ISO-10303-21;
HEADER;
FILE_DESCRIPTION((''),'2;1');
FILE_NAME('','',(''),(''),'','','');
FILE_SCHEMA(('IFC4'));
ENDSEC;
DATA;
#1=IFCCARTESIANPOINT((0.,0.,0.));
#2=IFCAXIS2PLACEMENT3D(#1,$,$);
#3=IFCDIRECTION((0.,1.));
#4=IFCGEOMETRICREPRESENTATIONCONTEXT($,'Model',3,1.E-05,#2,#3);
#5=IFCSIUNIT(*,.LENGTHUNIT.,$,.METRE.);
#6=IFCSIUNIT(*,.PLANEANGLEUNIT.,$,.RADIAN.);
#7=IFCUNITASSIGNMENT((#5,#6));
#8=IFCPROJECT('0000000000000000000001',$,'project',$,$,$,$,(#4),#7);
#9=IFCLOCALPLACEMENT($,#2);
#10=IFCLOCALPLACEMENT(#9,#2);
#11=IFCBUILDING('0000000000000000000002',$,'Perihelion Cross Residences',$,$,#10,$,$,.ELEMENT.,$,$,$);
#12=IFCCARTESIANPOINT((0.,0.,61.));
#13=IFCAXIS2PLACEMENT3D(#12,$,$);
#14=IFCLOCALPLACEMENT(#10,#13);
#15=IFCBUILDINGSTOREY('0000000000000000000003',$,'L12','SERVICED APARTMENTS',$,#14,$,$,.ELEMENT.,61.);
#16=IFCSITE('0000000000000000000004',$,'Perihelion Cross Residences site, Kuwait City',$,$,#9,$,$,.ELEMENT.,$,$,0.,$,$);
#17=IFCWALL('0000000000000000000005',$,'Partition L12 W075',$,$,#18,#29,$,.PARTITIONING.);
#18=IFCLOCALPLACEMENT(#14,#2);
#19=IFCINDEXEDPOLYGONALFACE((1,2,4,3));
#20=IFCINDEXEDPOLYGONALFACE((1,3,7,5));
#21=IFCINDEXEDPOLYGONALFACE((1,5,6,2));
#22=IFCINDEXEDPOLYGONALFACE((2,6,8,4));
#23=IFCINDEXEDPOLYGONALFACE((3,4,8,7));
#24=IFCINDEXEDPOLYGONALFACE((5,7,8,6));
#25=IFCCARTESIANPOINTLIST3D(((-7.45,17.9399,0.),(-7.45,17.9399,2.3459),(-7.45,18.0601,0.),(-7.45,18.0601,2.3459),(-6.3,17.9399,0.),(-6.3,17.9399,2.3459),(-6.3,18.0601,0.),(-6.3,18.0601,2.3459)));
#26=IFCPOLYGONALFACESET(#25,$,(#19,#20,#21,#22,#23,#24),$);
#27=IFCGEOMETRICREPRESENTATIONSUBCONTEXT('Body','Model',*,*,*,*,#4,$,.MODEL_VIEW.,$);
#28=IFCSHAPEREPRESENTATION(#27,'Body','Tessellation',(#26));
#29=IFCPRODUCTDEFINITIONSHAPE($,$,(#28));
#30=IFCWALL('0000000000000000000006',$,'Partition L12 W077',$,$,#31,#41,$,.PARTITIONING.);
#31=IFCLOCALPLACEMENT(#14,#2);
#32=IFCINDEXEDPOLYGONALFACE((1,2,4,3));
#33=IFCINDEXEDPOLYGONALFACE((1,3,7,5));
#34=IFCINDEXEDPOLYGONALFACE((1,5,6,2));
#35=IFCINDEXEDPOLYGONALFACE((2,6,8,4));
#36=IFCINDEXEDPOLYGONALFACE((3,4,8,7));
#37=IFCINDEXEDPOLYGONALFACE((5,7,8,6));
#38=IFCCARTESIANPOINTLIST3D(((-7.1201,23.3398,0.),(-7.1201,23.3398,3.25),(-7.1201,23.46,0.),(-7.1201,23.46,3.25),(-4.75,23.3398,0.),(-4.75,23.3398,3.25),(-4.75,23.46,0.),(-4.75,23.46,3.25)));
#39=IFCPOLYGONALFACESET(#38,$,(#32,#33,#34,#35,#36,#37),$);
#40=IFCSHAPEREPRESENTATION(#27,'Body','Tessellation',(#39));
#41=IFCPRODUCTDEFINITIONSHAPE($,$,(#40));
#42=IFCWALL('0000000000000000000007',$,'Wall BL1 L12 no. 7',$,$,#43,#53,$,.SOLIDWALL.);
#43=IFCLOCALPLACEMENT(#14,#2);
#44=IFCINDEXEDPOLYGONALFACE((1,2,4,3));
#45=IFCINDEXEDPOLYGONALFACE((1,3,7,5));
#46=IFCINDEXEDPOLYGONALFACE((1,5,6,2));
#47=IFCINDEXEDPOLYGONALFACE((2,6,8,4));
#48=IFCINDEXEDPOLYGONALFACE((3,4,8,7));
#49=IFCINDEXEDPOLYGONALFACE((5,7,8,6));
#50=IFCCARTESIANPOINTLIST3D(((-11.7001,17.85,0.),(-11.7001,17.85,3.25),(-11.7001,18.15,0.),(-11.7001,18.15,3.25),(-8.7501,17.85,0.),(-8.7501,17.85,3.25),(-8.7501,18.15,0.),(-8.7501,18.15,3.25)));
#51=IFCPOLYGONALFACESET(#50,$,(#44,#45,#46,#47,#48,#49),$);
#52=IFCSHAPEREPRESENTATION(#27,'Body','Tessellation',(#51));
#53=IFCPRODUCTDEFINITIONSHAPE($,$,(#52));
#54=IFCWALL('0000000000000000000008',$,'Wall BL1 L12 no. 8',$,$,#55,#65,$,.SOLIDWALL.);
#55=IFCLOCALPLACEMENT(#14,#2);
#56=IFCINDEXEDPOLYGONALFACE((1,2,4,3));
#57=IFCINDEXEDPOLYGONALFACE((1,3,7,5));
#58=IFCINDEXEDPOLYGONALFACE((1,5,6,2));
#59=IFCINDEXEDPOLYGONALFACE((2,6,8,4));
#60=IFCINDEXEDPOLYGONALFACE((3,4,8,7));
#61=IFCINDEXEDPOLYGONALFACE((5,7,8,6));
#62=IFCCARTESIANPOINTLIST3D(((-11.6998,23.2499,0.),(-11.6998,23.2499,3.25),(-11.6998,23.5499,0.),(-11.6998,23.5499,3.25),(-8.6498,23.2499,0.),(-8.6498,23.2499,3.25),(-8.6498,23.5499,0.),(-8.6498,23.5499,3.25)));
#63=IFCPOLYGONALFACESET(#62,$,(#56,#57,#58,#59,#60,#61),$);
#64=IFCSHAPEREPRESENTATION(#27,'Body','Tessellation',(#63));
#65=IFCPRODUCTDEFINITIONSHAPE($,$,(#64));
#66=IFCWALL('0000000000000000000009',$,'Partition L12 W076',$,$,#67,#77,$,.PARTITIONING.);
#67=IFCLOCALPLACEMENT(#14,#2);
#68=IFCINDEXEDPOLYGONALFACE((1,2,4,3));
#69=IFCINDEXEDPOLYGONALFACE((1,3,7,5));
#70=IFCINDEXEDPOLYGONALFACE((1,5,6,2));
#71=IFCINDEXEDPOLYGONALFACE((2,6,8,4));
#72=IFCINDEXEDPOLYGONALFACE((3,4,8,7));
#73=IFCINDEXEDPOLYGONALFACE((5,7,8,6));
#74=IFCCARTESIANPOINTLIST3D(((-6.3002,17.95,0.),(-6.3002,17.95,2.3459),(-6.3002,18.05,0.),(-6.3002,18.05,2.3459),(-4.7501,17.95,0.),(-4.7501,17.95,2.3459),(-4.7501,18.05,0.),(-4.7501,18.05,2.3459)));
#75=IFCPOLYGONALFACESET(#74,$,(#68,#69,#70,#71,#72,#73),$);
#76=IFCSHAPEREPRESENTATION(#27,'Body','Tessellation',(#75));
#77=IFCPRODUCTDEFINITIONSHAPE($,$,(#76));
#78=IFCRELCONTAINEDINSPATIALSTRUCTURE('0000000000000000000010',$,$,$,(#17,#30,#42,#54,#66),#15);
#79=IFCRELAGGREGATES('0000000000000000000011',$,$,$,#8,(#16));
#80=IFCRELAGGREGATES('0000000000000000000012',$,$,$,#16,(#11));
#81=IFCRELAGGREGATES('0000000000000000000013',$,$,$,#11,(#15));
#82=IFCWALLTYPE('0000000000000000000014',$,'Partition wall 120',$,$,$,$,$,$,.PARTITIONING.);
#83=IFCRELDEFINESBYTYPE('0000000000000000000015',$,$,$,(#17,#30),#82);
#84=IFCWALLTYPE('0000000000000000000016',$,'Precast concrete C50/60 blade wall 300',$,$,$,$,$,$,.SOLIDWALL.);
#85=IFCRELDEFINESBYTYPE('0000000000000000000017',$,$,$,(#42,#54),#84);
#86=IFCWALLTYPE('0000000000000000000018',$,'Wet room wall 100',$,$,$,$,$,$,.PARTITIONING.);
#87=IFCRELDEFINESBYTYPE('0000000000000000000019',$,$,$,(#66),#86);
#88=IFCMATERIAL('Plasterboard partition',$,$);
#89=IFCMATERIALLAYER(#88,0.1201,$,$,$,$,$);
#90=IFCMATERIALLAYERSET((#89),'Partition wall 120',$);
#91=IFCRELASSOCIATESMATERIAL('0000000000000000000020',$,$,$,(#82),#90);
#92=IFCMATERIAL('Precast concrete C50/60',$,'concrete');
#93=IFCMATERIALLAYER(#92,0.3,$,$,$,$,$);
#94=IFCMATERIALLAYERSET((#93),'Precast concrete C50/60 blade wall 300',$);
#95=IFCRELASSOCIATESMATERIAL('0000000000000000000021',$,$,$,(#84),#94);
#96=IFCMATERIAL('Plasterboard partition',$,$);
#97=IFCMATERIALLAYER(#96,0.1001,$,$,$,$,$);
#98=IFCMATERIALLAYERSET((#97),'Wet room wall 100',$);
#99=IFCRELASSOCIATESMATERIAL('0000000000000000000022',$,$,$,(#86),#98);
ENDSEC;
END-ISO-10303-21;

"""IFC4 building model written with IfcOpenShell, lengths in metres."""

from ifc_helpers import new_model, si_unit, direction, frame, frame_2d, origin, place, context, subcontext, project, spatial, rectangle, extrude, material, layer, layer_set, type_object, element, save


model = new_model("IFC4")

# Units and contexts
model_context = context("Model", 3, precision=1e-05, world=origin(), true_north=direction((0.0, 1.0)))
body_context = subcontext(model_context, "Body", "Model", "MODEL_VIEW")
ifc_project = project(units=[si_unit("LENGTHUNIT", "METRE"), si_unit("PLANEANGLEUNIT", "RADIAN")], contexts=[model_context])

# Site, building, storey
site_placement = place(None, origin())
site = spatial("IfcSite", under=ifc_project, at=site_placement, Name="Perihelion Cross Residences site, Kuwait City", CompositionType="ELEMENT", RefElevation=0.0)
building_placement = place(site_placement, origin())
building = spatial("IfcBuilding", under=site, at=building_placement, Name="Perihelion Cross Residences", CompositionType="ELEMENT")
storey_placement = place(building_placement, frame((0.0, 0.0, 61.0)))
storey = spatial("IfcBuildingStorey", under=building, at=storey_placement, Name="L12", Description="SERVICED APARTMENTS", CompositionType="ELEMENT", Elevation=61.0)

# Shared definitions
ifc_material_1 = material(Name="Plasterboard partition")
ifc_layer_1 = layer(ifc_material_1, 0.1201)
ifc_layer_set_1 = layer_set([ifc_layer_1], Name="Partition wall 120")
wall_type_1 = type_object("IfcWallType", Name="Partition wall 120", PredefinedType="PARTITIONING", material=ifc_layer_set_1)

# Walls
wall_1_placement = place(storey_placement, frame((-7.45, 18.0, 0.0), z_axis=(0.0, 0.0, 1.0), x_axis=(1.0, 0.0, 0.0)))
element("IfcWall", 1, at=wall_1_placement, inside=storey, type_object=wall_type_1, Name="Partition L12 W075", PredefinedType="PARTITIONING", context=body_context, shape_type="SweptSolid", body=[
    extrude(rectangle(XDim=1.1499, YDim=0.1201, at=frame_2d((0.575, 0.0))), origin(), (0.0, 0.0, 1.0), 2.3459),
])
wall_2_placement = place(storey_placement, frame((-7.1201, 23.3999, 0.0), z_axis=(0.0, 0.0, 1.0), x_axis=(1.0, 0.0, 0.0)))
element("IfcWall", 2, at=wall_2_placement, inside=storey, type_object=wall_type_1, Name="Partition L12 W077", PredefinedType="PARTITIONING", context=body_context, shape_type="SweptSolid", body=[
    extrude(rectangle(XDim=2.3701, YDim=0.1201, at=frame_2d((1.1851, 0.0))), origin(), (0.0, 0.0, 1.0), 3.25),
])
ifc_material_2 = material(Name="Precast concrete C50/60", Category="concrete")
ifc_layer_2 = layer(ifc_material_2, 0.3)
ifc_layer_set_2 = layer_set([ifc_layer_2], Name="Precast concrete C50/60 blade wall 300")
wall_type_2 = type_object("IfcWallType", Name="Precast concrete C50/60 blade wall 300", PredefinedType="SOLIDWALL", material=ifc_layer_set_2)
wall_3_placement = place(storey_placement, frame((-8.75, 18.0, 0.0), z_axis=(0.0, 0.0, 1.0), x_axis=(-1.0, 0.0, 0.0)))
element("IfcWall", 3, at=wall_3_placement, inside=storey, type_object=wall_type_2, Name="Wall BL1 L12 no. 7", PredefinedType="SOLIDWALL", context=body_context, shape_type="SweptSolid", body=[
    extrude(rectangle(XDim=2.95, YDim=0.3, at=frame_2d((1.4751, 0.0))), origin(), (0.0, 0.0, 1.0), 3.25),
])
wall_4_placement = place(storey_placement, frame((-8.6499, 23.3999, 0.0), z_axis=(0.0, 0.0, 1.0), x_axis=(-1.0, 0.0, 0.0)))
element("IfcWall", 4, at=wall_4_placement, inside=storey, type_object=wall_type_2, Name="Wall BL1 L12 no. 8", PredefinedType="SOLIDWALL", context=body_context, shape_type="SweptSolid", body=[
    extrude(rectangle(XDim=3.05, YDim=0.3, at=frame_2d((1.5249, 0.0))), origin(), (0.0, 0.0, 1.0), 3.25),
])
ifc_material_3 = material(Name="Plasterboard partition")
ifc_layer_3 = layer(ifc_material_3, 0.1001)
ifc_layer_set_3 = layer_set([ifc_layer_3], Name="Wet room wall 100")
wall_type_3 = type_object("IfcWallType", Name="Wet room wall 100", PredefinedType="PARTITIONING", material=ifc_layer_set_3)
wall_5_placement = place(storey_placement, frame((-6.3, 18.0, 0.0), z_axis=(0.0, 0.0, 1.0), x_axis=(1.0, 0.0, 0.0)))
element("IfcWall", 5, at=wall_5_placement, inside=storey, type_object=wall_type_3, Name="Partition L12 W076", PredefinedType="PARTITIONING", context=body_context, shape_type="SweptSolid", body=[
    extrude(rectangle(XDim=1.55, YDim=0.1001, at=frame_2d((0.7749, 0.0))), origin(), (0.0, 0.0, 1.0), 2.3459),
])

save(model, "model.ifc")
